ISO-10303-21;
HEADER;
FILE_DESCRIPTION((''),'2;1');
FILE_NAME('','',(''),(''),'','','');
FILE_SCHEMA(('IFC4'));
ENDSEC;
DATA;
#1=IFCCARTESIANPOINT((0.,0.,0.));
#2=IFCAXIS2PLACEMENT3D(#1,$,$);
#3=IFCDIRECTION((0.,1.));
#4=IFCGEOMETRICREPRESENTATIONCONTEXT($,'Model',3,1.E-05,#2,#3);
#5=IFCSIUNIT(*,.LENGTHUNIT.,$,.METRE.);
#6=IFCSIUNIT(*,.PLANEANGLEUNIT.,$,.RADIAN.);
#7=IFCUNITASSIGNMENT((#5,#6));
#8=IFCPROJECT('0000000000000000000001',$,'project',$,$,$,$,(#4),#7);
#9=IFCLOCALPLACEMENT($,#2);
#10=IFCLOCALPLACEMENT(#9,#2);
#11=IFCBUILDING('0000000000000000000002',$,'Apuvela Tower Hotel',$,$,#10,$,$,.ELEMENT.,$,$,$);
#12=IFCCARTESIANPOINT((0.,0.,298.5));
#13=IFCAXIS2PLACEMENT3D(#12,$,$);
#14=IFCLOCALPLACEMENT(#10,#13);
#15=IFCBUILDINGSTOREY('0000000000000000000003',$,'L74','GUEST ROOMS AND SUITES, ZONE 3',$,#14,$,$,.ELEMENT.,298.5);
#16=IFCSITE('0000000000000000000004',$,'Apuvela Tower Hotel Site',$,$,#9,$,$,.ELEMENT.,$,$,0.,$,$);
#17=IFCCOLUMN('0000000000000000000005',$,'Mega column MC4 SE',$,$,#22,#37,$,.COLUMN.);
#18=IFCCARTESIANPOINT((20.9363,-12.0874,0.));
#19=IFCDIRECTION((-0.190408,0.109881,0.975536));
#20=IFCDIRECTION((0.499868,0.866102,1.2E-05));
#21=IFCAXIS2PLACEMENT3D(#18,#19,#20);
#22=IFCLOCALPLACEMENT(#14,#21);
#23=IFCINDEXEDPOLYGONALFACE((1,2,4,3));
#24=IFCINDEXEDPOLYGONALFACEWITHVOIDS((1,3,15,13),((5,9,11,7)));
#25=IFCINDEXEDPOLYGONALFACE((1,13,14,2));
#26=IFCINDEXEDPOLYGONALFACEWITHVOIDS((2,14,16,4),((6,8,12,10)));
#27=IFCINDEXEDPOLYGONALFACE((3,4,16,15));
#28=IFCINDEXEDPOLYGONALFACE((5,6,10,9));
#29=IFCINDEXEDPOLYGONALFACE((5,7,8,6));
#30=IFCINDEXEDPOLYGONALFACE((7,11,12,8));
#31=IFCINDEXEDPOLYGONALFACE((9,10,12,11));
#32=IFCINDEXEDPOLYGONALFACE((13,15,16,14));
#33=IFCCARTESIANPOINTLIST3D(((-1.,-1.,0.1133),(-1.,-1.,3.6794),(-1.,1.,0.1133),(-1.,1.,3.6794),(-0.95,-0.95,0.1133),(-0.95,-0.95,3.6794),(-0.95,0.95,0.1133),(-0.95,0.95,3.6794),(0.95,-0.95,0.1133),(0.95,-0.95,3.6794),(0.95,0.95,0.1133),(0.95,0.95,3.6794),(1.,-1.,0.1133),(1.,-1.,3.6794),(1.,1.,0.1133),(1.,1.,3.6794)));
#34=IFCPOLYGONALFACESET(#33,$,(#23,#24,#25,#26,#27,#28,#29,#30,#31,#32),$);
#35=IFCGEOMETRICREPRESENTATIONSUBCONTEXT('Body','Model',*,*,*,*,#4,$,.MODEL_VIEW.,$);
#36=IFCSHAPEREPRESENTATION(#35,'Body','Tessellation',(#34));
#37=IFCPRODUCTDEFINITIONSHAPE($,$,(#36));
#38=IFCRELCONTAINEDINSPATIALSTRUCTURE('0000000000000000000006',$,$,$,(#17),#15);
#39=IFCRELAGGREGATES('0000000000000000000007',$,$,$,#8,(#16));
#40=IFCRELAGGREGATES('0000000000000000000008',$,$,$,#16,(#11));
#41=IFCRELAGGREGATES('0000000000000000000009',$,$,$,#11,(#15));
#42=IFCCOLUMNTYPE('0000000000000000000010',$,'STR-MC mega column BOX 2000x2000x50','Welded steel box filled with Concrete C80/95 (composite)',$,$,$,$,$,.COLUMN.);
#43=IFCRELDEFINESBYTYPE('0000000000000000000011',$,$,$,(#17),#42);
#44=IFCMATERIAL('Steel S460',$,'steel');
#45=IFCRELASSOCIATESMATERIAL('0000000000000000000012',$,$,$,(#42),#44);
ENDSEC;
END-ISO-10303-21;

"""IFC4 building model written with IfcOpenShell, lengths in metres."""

from ifc_helpers import new_model, si_unit, direction, frame, origin, origin_2d, place, context, subcontext, project, spatial, rectangle, hollow_rectangle, extrude, boolean, halfspace, material, material_profile, profile_set, type_object, element, save


model = new_model("IFC4")

# Units and contexts
model_context = context("Model", 3, precision=1e-05, world=origin(), true_north=direction((0.0, 1.0)))
body_context = subcontext(model_context, "Body", "Model", "MODEL_VIEW")
ifc_project = project(units=[si_unit("LENGTHUNIT", "METRE"), si_unit("PLANEANGLEUNIT", "RADIAN")], contexts=[model_context])

# Site, building, storey
site_placement = place(None, origin())
site = spatial("IfcSite", under=ifc_project, at=site_placement, Name="Apuvela Tower Hotel Site", CompositionType="ELEMENT", RefElevation=0.0)
building_placement = place(site_placement, origin())
building = spatial("IfcBuilding", under=site, at=building_placement, Name="Apuvela Tower Hotel", CompositionType="ELEMENT")
storey_placement = place(building_placement, frame((0.0, 0.0, 298.5)))
storey = spatial("IfcBuildingStorey", under=building, at=storey_placement, Name="L74", Description="GUEST ROOMS AND SUITES, ZONE 3", CompositionType="ELEMENT", Elevation=298.5)

# Column
ifc_material_1 = material(Name="Steel S460", Category="steel")
ifc_material_profile_1 = material_profile(ifc_material_1, hollow_rectangle(XDim=2.0, YDim=2.0, WallThickness=0.05, at=origin_2d()), Name="BOX 2000x2000x50")
ifc_material_2 = material(Name="Concrete C80/95", Category="concrete")
ifc_material_profile_2 = material_profile(ifc_material_2, rectangle(XDim=1.8999, YDim=1.8999, at=origin_2d()), Name="Concrete C80/95 infill")
ifc_profile_set_1 = profile_set([ifc_material_profile_1, ifc_material_profile_2], Name="Steel S460")
column_type_1 = type_object("IfcColumnType", Name="STR-MC mega column BOX 2000x2000x50", Description="Welded steel box filled with Concrete C80/95 (composite)", PredefinedType="COLUMN", material=ifc_profile_set_1)
column_1_placement = place(storey_placement, frame((20.9363, -12.0874, 0.0), z_axis=(-0.190408, 0.109881, 0.975536), x_axis=(0.499868, 0.866102, 0.000012)))
element("IfcColumn", 1, at=column_1_placement, inside=storey, type_object=column_type_1, Name="Mega column MC4 SE", PredefinedType="COLUMN", context=body_context, shape_type="SweptSolid", body=[
    boolean("DIFFERENCE", boolean("DIFFERENCE", extrude(hollow_rectangle(XDim=2.0, YDim=2.0, WallThickness=0.05, at=origin_2d()), origin(), (0.0, 0.0, 1.0), 3.7927), halfspace(frame((0.0, 0.0, 0.1133), z_axis=(0.0, 0.0, 1.0), x_axis=(1.0, 0.0, 0.0)), True)), halfspace(frame((0.0, 0.0, 3.6794), z_axis=(0.0, 0.0, 1.0), x_axis=(1.0, 0.0, 0.0)), False)),
])

save(model, "model.ifc")
